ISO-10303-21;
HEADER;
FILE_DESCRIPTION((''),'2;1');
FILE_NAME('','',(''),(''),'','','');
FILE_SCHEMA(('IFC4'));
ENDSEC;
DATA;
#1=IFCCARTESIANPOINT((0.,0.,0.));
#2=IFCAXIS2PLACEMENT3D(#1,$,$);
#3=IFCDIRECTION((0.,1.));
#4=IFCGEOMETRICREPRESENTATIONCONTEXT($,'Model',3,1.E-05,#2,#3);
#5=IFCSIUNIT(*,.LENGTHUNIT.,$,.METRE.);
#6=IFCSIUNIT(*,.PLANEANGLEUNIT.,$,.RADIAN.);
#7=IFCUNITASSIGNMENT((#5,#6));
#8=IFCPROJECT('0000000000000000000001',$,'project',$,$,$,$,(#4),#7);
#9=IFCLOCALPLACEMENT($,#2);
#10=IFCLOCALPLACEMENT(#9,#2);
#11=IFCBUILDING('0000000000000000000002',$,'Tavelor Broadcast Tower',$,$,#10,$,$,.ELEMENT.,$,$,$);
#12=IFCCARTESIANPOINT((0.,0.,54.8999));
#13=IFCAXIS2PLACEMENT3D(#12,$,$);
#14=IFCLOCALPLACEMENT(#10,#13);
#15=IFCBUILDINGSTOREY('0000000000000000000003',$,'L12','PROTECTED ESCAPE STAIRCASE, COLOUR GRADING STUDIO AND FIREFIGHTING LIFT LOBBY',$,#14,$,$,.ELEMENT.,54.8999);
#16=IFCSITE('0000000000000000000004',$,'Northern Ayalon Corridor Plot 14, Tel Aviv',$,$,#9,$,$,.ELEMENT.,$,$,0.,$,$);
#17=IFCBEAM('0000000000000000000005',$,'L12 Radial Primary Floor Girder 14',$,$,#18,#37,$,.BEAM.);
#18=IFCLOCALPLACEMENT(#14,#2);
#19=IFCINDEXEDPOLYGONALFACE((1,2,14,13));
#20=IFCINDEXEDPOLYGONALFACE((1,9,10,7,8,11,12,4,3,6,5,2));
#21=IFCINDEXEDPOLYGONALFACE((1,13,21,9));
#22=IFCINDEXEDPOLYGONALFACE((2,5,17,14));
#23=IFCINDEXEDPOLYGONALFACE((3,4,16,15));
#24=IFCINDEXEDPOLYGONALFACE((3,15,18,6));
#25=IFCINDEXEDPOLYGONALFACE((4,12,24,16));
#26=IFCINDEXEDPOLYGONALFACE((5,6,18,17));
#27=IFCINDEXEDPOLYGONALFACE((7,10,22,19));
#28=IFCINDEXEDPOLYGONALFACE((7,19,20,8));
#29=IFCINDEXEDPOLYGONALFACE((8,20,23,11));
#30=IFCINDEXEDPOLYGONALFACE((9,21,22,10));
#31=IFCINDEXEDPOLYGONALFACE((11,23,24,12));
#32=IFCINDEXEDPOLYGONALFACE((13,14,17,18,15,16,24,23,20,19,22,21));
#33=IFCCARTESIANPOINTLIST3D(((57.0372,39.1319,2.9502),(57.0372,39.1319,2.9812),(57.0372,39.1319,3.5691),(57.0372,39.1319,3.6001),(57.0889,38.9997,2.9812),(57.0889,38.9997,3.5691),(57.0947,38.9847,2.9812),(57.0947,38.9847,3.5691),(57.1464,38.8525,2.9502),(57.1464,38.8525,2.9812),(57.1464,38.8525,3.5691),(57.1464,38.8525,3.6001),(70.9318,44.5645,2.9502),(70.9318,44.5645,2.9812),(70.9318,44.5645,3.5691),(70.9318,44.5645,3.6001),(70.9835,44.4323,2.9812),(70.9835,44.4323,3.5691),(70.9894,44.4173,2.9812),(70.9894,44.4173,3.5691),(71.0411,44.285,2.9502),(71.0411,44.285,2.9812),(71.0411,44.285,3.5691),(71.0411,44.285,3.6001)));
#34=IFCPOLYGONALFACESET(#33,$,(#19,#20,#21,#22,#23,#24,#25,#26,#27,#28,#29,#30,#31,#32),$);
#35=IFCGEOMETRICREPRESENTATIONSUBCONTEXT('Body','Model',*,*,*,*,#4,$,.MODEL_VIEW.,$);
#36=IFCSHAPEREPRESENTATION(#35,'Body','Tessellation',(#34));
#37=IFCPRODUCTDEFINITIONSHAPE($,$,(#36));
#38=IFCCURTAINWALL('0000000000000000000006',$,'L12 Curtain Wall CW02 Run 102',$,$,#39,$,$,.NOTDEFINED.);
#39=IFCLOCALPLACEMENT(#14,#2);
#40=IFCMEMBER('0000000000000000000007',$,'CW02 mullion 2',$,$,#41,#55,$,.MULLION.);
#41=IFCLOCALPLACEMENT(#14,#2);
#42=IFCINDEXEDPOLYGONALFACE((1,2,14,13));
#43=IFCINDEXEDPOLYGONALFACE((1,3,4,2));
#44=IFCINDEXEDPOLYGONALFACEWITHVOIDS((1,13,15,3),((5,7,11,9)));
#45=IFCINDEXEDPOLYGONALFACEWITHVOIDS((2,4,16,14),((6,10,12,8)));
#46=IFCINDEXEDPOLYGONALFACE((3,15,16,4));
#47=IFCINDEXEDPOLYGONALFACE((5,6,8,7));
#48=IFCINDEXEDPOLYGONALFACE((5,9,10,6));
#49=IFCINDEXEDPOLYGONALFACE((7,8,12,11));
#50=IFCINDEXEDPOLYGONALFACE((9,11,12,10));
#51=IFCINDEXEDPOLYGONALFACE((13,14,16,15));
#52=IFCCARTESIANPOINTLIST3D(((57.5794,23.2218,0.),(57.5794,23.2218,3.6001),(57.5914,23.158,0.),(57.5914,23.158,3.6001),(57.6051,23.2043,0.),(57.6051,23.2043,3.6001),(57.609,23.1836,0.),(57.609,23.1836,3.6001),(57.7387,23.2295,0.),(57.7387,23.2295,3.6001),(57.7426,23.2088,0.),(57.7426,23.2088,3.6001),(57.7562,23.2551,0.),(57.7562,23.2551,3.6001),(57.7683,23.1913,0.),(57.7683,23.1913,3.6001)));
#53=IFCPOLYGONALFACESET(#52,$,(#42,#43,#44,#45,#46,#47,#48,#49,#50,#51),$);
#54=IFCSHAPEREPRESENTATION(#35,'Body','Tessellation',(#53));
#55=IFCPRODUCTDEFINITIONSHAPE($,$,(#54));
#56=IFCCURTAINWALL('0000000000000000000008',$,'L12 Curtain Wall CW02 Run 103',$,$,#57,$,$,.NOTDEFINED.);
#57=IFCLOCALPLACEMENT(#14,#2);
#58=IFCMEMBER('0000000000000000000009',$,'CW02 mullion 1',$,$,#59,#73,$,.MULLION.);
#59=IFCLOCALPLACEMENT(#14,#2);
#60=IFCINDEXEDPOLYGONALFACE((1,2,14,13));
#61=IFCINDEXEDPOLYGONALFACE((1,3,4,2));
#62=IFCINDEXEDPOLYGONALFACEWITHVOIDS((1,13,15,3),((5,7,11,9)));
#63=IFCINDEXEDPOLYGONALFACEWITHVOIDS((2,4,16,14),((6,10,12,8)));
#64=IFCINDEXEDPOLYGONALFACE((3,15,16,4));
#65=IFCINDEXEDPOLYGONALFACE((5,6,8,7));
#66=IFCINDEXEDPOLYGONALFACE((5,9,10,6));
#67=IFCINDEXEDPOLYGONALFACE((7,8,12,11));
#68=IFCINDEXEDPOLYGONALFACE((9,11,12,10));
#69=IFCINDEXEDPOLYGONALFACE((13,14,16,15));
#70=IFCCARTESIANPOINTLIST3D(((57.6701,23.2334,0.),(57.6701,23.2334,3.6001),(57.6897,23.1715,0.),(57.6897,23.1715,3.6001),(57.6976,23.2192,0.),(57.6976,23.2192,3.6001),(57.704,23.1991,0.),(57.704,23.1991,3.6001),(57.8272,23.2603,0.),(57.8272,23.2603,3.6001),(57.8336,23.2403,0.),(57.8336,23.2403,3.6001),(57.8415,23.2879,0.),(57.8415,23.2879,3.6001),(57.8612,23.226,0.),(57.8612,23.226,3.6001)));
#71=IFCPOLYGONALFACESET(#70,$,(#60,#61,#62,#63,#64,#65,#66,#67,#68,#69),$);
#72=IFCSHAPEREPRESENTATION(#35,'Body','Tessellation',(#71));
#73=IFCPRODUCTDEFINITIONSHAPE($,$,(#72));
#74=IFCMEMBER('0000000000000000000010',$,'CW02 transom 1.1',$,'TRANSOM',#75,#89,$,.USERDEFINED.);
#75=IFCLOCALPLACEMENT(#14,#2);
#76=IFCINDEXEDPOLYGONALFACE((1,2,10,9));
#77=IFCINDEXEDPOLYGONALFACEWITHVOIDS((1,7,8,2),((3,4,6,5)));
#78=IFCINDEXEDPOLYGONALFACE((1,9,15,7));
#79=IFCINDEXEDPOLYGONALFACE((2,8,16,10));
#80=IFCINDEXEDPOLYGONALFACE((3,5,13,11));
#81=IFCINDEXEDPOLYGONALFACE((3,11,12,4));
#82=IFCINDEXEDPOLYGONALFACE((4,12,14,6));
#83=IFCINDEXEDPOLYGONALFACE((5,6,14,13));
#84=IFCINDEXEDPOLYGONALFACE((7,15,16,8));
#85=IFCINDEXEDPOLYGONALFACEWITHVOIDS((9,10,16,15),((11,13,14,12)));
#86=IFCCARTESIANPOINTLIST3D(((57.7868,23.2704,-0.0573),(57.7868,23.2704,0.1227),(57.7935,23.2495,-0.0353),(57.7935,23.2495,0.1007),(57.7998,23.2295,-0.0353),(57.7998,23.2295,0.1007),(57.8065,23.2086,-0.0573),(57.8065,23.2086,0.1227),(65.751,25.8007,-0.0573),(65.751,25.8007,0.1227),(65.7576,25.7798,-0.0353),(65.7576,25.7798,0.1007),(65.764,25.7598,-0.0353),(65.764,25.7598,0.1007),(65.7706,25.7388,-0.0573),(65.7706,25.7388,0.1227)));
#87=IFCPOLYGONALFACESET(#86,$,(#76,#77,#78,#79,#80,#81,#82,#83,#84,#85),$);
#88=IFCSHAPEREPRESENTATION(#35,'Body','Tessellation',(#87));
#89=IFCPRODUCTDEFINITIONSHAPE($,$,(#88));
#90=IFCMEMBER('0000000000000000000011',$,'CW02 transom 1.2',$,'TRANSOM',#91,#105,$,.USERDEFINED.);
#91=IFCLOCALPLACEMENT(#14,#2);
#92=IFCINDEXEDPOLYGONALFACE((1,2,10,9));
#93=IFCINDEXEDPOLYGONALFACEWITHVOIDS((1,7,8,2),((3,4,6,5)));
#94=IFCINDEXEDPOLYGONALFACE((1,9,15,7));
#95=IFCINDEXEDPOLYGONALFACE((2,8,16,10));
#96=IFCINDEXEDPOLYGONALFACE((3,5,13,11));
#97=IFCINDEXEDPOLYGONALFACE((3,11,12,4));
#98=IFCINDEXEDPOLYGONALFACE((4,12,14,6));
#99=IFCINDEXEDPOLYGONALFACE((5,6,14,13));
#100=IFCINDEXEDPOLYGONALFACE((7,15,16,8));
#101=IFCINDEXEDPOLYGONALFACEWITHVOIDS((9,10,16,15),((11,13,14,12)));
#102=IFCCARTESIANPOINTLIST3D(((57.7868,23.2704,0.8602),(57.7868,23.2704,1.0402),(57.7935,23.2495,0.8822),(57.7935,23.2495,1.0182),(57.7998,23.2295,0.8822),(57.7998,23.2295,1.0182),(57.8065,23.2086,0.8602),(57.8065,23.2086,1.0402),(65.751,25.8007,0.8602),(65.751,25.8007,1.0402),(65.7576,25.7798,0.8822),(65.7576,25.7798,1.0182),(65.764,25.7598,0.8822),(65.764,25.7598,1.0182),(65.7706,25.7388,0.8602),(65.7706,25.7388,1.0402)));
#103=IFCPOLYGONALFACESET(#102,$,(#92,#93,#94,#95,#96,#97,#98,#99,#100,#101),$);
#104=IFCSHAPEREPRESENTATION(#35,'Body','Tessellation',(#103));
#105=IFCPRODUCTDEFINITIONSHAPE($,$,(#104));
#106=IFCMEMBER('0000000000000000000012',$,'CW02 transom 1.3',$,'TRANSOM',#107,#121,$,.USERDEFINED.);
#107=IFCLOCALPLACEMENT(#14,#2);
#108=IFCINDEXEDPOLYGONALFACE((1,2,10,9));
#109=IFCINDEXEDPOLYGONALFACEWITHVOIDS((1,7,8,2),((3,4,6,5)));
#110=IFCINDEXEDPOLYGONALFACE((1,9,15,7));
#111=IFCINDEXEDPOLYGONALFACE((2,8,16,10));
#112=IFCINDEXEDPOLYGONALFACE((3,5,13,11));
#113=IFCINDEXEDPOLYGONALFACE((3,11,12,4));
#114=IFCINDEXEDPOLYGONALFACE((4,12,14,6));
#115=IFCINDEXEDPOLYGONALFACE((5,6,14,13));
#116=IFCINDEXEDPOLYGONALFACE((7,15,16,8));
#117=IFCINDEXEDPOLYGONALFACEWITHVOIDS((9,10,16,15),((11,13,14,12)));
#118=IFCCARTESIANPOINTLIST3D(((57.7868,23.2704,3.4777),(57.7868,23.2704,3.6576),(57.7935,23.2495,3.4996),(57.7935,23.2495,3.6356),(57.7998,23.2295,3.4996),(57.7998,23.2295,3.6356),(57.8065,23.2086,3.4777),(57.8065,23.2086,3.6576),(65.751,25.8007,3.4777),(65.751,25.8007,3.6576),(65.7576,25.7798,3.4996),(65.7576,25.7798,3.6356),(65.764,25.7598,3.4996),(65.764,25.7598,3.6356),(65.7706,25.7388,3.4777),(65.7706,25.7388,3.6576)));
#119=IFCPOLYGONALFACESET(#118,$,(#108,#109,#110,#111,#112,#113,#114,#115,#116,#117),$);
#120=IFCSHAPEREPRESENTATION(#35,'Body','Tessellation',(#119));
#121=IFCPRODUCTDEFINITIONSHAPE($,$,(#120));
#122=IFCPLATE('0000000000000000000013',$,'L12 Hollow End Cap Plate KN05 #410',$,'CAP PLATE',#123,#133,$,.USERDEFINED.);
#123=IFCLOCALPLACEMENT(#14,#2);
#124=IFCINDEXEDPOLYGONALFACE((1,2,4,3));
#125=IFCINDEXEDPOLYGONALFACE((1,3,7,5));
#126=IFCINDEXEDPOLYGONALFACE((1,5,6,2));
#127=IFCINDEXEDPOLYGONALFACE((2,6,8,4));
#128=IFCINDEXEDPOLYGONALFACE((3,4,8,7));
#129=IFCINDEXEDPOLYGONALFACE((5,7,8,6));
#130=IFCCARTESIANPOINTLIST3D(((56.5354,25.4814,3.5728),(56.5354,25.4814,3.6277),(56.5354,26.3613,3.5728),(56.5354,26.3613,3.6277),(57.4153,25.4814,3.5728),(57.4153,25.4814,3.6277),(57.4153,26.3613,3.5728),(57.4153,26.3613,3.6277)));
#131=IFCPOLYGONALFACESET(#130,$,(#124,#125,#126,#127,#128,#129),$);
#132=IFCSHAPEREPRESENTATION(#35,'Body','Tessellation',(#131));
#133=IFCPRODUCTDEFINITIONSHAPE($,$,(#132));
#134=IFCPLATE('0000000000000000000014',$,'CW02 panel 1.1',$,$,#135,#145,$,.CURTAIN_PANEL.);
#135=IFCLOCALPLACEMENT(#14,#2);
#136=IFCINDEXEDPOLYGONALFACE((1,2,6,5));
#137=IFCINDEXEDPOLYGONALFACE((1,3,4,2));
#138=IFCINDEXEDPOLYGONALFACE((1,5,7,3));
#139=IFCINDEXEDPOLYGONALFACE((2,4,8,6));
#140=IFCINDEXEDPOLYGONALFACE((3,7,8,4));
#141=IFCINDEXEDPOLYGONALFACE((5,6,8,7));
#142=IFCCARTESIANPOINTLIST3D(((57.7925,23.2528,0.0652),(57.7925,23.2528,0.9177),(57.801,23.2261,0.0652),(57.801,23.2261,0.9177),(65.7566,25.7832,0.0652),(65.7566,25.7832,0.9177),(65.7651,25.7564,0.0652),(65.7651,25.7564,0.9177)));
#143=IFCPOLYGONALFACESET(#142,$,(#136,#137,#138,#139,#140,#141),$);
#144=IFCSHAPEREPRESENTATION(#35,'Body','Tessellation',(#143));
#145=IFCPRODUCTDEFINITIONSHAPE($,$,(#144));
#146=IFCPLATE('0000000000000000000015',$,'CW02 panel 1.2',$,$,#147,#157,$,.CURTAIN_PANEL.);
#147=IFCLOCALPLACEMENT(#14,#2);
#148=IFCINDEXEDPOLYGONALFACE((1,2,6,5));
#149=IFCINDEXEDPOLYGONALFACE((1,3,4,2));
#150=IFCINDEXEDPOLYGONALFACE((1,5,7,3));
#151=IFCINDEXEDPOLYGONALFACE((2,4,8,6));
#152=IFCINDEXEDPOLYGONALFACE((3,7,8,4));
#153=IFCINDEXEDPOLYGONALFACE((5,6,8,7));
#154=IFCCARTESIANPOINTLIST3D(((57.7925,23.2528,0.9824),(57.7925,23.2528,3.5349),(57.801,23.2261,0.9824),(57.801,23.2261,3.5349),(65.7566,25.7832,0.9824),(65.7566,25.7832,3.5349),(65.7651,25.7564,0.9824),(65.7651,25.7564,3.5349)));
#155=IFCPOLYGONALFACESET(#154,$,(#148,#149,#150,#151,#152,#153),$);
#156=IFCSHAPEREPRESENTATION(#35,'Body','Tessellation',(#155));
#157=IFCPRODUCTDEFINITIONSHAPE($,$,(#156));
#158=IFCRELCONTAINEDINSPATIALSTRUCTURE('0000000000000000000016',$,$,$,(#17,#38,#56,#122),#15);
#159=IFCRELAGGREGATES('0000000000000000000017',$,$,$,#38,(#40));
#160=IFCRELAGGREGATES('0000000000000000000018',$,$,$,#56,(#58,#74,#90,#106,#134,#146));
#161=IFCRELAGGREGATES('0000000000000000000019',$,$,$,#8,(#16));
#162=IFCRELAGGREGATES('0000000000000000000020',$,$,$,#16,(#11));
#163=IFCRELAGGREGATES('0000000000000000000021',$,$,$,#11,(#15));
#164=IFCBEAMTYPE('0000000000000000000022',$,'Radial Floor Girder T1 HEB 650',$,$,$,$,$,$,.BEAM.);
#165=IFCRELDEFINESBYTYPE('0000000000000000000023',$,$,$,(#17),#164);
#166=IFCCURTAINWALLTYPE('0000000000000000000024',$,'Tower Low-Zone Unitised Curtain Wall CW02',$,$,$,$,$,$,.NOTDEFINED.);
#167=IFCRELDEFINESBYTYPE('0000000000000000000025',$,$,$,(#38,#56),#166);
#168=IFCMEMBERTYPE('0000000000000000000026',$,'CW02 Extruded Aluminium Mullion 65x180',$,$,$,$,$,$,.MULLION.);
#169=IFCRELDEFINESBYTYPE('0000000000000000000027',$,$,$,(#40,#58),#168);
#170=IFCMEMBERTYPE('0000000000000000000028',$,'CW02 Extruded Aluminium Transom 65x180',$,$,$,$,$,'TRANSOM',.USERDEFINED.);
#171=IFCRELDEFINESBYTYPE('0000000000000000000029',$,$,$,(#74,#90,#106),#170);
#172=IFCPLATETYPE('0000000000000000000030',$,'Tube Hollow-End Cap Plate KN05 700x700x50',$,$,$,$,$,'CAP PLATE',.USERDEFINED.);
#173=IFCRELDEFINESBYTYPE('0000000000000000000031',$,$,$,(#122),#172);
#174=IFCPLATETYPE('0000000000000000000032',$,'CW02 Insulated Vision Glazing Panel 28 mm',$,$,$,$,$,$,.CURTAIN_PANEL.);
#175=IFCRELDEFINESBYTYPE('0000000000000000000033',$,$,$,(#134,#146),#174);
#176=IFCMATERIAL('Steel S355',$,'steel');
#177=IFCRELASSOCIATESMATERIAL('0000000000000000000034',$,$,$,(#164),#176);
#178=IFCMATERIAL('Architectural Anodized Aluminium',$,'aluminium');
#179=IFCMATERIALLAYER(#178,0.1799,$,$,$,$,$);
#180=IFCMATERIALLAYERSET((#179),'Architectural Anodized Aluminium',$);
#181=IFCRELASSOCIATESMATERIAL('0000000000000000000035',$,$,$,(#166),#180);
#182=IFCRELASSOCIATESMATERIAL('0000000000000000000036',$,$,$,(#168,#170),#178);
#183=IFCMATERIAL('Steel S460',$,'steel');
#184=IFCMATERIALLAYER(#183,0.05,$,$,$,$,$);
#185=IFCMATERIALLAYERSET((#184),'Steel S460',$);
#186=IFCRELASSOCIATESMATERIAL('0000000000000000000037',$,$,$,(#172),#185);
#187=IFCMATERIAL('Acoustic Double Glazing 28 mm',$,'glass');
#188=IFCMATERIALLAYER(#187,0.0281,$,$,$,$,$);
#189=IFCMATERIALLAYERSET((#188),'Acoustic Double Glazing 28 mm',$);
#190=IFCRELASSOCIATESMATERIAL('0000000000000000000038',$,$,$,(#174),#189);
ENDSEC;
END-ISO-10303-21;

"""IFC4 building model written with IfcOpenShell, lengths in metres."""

from ifc_helpers import new_model, si_unit, direction, frame, origin, origin_2d, place, context, subcontext, project, spatial, rectangle, hollow_rectangle, i_section, extrude, source, transform, mapped, material, layer, layer_set, material_profile, profile_set, type_object, type_shapes, element, aggregate, save


model = new_model("IFC4")

# Units and contexts
model_context = context("Model", 3, precision=1e-05, world=origin(), true_north=direction((0.0, 1.0)))
body_context = subcontext(model_context, "Body", "Model", "MODEL_VIEW")
ifc_project = project(units=[si_unit("LENGTHUNIT", "METRE"), si_unit("PLANEANGLEUNIT", "RADIAN")], contexts=[model_context])

# Site, building, storey
site_placement = place(None, origin())
site = spatial("IfcSite", under=ifc_project, at=site_placement, Name="Northern Ayalon Corridor Plot 14, Tel Aviv", CompositionType="ELEMENT", RefElevation=0.0)
building_placement = place(site_placement, origin())
building = spatial("IfcBuilding", under=site, at=building_placement, Name="Tavelor Broadcast Tower", CompositionType="ELEMENT")
storey_placement = place(building_placement, frame((0.0, 0.0, 54.8999)))
storey = spatial("IfcBuildingStorey", under=building, at=storey_placement, Name="L12", Description="PROTECTED ESCAPE STAIRCASE, COLOUR GRADING STUDIO AND FIREFIGHTING LIFT LOBBY", CompositionType="ELEMENT", Elevation=54.8999)

# Shared definitions
ifc_material_1 = material(Name="Steel S460", Category="steel")

# Beam
ifc_material_2 = material(Name="Steel S355", Category="steel")
ifc_material_profile_1 = material_profile(ifc_material_2, i_section(OverallWidth=0.3, OverallDepth=0.6499, WebThickness=0.0161, FlangeThickness=0.031, at=origin_2d()), Name="HEB 650")
ifc_profile_set_1 = profile_set([ifc_material_profile_1], Name="Steel S355")
beam_type_1 = type_object("IfcBeamType", Name="Radial Floor Girder T1 HEB 650", PredefinedType="BEAM", material=ifc_profile_set_1)
beam_1_placement = place(storey_placement, frame((57.0918, 38.9922, 3.2751), z_axis=(0.931344, 0.36414, 0.0), x_axis=(-0.36414, 0.931344, 0.0)))
element("IfcBeam", 1, at=beam_1_placement, inside=storey, type_object=beam_type_1, Name="L12 Radial Primary Floor Girder 14", PredefinedType="BEAM", context=body_context, shape_type="SweptSolid", body=[
    extrude(i_section(OverallWidth=0.3, OverallDepth=0.6499, WebThickness=0.0161, FlangeThickness=0.031, at=origin_2d()), origin(), (0.0, 0.0, 1.0), 14.9189),
])

# Curtain wall, member
ifc_material_3 = material(Name="Architectural Anodized Aluminium", Category="aluminium")
ifc_layer_1 = layer(ifc_material_3, 0.1799)
ifc_layer_set_1 = layer_set([ifc_layer_1], Name="Architectural Anodized Aluminium")
curtain_wall_type = type_object("IfcCurtainWallType", Name="Tower Low-Zone Unitised Curtain Wall CW02", PredefinedType="NOTDEFINED", material=ifc_layer_set_1)
curtain_wall_1_placement = place(storey_placement, origin())
curtain_wall_1 = element("IfcCurtainWall", 2, at=curtain_wall_1_placement, inside=storey, type_object=curtain_wall_type, Name="L12 Curtain Wall CW02 Run 102", PredefinedType="NOTDEFINED")
ifc_material_profile_2 = material_profile(ifc_material_3, hollow_rectangle(XDim=0.0649, YDim=0.1799, WallThickness=0.022, at=origin_2d()), Name="RHS 65x180x22")
ifc_profile_set_2 = profile_set([ifc_material_profile_2], Name="Architectural Anodized Aluminium")
member_type_1 = type_object("IfcMemberType", Name="CW02 Extruded Aluminium Mullion 65x180", PredefinedType="MULLION", material=ifc_profile_set_2)
shared_shape_1 = source(origin(), body_context, "Body", "SweptSolid", [
    extrude(hollow_rectangle(XDim=0.0649, YDim=0.1799, WallThickness=0.022, at=origin_2d()), origin(), (0.0, 0.0, 1.0), 3.6001),
])
type_shapes(member_type_1, [shared_shape_1])
member_1_placement = place(storey_placement, frame((57.6738, 23.2065, 0.0), z_axis=(0.0, 0.0, 1.0), x_axis=(-0.185236, 0.982694, 0.0)))
member_1 = element("IfcMember", 3, at=member_1_placement, type_object=member_type_1, Name="CW02 mullion 2", PredefinedType="MULLION", context=body_context, shape_type="MappedRepresentation", body=[
    mapped(shared_shape_1, transform((0.0, 0.0, 0.0), scale=1.0)),
])
aggregate(curtain_wall_1, [member_1])

# Curtain wall, members
curtain_wall_2_placement = place(storey_placement, origin())
curtain_wall_2 = element("IfcCurtainWall", 4, at=curtain_wall_2_placement, inside=storey, type_object=curtain_wall_type, Name="L12 Curtain Wall CW02 Run 103", PredefinedType="NOTDEFINED")
member_2_placement = place(storey_placement, frame((57.7656, 23.2297, 0.0), z_axis=(0.0, 0.0, 1.0), x_axis=(-0.302802, 0.953054, 0.0)))
member_2 = element("IfcMember", 5, at=member_2_placement, type_object=member_type_1, Name="CW02 mullion 1", PredefinedType="MULLION", context=body_context, shape_type="MappedRepresentation", body=[
    mapped(shared_shape_1, transform((0.0, 0.0, 0.0), scale=1.0)),
])
ifc_material_profile_3 = material_profile(ifc_material_3, hollow_rectangle(XDim=0.0649, YDim=0.1799, WallThickness=0.022, at=origin_2d()), Name="RHS 65x180x22")
ifc_profile_set_3 = profile_set([ifc_material_profile_3], Name="Architectural Anodized Aluminium")
member_type_2 = type_object("IfcMemberType", Name="CW02 Extruded Aluminium Transom 65x180", ElementType="TRANSOM", PredefinedType="USERDEFINED", material=ifc_profile_set_3)
shared_shape_2 = source(origin(), body_context, "Body", "SweptSolid", [
    extrude(hollow_rectangle(XDim=0.0649, YDim=0.1799, WallThickness=0.022, at=origin_2d()), origin(), (0.0, 0.0, 1.0), 8.3564),
])
type_shapes(member_type_2, [shared_shape_2])
member_3_placement = place(storey_placement, frame((57.7966, 23.2395, 0.0327), z_axis=(0.953056, 0.302795, 0.0), x_axis=(-0.302795, 0.953056, 0.0)))
member_3 = element("IfcMember", 6, at=member_3_placement, type_object=member_type_2, Name="CW02 transom 1.1", ObjectType="TRANSOM", PredefinedType="USERDEFINED", context=body_context, shape_type="MappedRepresentation", body=[
    mapped(shared_shape_2, transform((0.0, 0.0, 0.0), scale=1.0)),
])
member_4_placement = place(storey_placement, frame((57.7966, 23.2395, 0.9502), z_axis=(0.953056, 0.302795, 0.0), x_axis=(-0.302795, 0.953056, 0.0)))
member_4 = element("IfcMember", 7, at=member_4_placement, type_object=member_type_2, Name="CW02 transom 1.2", ObjectType="TRANSOM", PredefinedType="USERDEFINED", context=body_context, shape_type="MappedRepresentation", body=[
    mapped(shared_shape_2, transform((0.0, 0.0, 0.0), scale=1.0)),
])
member_5_placement = place(storey_placement, frame((57.7966, 23.2395, 3.5676), z_axis=(0.953056, 0.302795, 0.0), x_axis=(-0.302795, 0.953056, 0.0)))
member_5 = element("IfcMember", 8, at=member_5_placement, type_object=member_type_2, Name="CW02 transom 1.3", ObjectType="TRANSOM", PredefinedType="USERDEFINED", context=body_context, shape_type="MappedRepresentation", body=[
    mapped(shared_shape_2, transform((0.0, 0.0, 0.0), scale=1.0)),
])

# Plates
ifc_layer_2 = layer(ifc_material_1, 0.05)
ifc_layer_set_2 = layer_set([ifc_layer_2], Name="Steel S460")
plate_type_1 = type_object("IfcPlateType", Name="Tube Hollow-End Cap Plate KN05 700x700x50", ElementType="CAP PLATE", PredefinedType="USERDEFINED", material=ifc_layer_set_2)
shared_shape_3 = source(origin(), body_context, "Body", "SweptSolid", [
    extrude(rectangle(XDim=0.8799, YDim=0.8799, at=origin_2d()), origin(), (0.0, 0.0, 1.0), 0.0549),
])
type_shapes(plate_type_1, [shared_shape_3])
plate_1_placement = place(storey_placement, frame((56.9753, 25.9214, 3.5728), z_axis=(0.0, 0.0, 1.0), x_axis=(1.0, 0.0, 0.0)))
element("IfcPlate", 9, at=plate_1_placement, inside=storey, type_object=plate_type_1, Name="L12 Hollow End Cap Plate KN05 #410", ObjectType="CAP PLATE", PredefinedType="USERDEFINED", context=body_context, shape_type="MappedRepresentation", body=[
    mapped(shared_shape_3, transform((0.0, 0.0, 0.0), scale=1.0)),
])
ifc_material_4 = material(Name="Acoustic Double Glazing 28 mm", Category="glass")
ifc_layer_3 = layer(ifc_material_4, 0.0281)
ifc_layer_set_3 = layer_set([ifc_layer_3], Name="Acoustic Double Glazing 28 mm")
plate_type_2 = type_object("IfcPlateType", Name="CW02 Insulated Vision Glazing Panel 28 mm", PredefinedType="CURTAIN_PANEL", material=ifc_layer_set_3)
shared_shape_4 = source(origin(), body_context, "Body", "SweptSolid", [
    extrude(rectangle(XDim=8.3564, YDim=0.0281, at=origin_2d()), origin(), (0.0, 0.0, 1.0), 0.8525),
])
plate_2_placement = place(storey_placement, frame((61.7788, 24.5046, 0.0652), z_axis=(0.0, 0.0, 1.0), x_axis=(0.953054, 0.302802, 0.0)))
plate_2 = element("IfcPlate", 10, at=plate_2_placement, type_object=plate_type_2, Name="CW02 panel 1.1", PredefinedType="CURTAIN_PANEL", context=body_context, shape_type="MappedRepresentation", body=[
    mapped(shared_shape_4, transform((0.0, 0.0, 0.0), scale=1.0)),
])
shared_shape_5 = source(origin(), body_context, "Body", "SweptSolid", [
    extrude(rectangle(XDim=8.3564, YDim=0.0281, at=origin_2d()), origin(), (0.0, 0.0, 1.0), 2.5525),
])
type_shapes(plate_type_2, [shared_shape_4, shared_shape_5])
plate_3_placement = place(storey_placement, frame((61.7788, 24.5046, 0.9824), z_axis=(0.0, 0.0, 1.0), x_axis=(0.953054, 0.302802, 0.0)))
plate_3 = element("IfcPlate", 11, at=plate_3_placement, type_object=plate_type_2, Name="CW02 panel 1.2", PredefinedType="CURTAIN_PANEL", context=body_context, shape_type="MappedRepresentation", body=[
    mapped(shared_shape_5, transform((0.0, 0.0, 0.0), scale=1.0)),
])
aggregate(curtain_wall_2, [member_2, member_3, member_4, member_5, plate_2, plate_3])

save(model, "model.ifc")
